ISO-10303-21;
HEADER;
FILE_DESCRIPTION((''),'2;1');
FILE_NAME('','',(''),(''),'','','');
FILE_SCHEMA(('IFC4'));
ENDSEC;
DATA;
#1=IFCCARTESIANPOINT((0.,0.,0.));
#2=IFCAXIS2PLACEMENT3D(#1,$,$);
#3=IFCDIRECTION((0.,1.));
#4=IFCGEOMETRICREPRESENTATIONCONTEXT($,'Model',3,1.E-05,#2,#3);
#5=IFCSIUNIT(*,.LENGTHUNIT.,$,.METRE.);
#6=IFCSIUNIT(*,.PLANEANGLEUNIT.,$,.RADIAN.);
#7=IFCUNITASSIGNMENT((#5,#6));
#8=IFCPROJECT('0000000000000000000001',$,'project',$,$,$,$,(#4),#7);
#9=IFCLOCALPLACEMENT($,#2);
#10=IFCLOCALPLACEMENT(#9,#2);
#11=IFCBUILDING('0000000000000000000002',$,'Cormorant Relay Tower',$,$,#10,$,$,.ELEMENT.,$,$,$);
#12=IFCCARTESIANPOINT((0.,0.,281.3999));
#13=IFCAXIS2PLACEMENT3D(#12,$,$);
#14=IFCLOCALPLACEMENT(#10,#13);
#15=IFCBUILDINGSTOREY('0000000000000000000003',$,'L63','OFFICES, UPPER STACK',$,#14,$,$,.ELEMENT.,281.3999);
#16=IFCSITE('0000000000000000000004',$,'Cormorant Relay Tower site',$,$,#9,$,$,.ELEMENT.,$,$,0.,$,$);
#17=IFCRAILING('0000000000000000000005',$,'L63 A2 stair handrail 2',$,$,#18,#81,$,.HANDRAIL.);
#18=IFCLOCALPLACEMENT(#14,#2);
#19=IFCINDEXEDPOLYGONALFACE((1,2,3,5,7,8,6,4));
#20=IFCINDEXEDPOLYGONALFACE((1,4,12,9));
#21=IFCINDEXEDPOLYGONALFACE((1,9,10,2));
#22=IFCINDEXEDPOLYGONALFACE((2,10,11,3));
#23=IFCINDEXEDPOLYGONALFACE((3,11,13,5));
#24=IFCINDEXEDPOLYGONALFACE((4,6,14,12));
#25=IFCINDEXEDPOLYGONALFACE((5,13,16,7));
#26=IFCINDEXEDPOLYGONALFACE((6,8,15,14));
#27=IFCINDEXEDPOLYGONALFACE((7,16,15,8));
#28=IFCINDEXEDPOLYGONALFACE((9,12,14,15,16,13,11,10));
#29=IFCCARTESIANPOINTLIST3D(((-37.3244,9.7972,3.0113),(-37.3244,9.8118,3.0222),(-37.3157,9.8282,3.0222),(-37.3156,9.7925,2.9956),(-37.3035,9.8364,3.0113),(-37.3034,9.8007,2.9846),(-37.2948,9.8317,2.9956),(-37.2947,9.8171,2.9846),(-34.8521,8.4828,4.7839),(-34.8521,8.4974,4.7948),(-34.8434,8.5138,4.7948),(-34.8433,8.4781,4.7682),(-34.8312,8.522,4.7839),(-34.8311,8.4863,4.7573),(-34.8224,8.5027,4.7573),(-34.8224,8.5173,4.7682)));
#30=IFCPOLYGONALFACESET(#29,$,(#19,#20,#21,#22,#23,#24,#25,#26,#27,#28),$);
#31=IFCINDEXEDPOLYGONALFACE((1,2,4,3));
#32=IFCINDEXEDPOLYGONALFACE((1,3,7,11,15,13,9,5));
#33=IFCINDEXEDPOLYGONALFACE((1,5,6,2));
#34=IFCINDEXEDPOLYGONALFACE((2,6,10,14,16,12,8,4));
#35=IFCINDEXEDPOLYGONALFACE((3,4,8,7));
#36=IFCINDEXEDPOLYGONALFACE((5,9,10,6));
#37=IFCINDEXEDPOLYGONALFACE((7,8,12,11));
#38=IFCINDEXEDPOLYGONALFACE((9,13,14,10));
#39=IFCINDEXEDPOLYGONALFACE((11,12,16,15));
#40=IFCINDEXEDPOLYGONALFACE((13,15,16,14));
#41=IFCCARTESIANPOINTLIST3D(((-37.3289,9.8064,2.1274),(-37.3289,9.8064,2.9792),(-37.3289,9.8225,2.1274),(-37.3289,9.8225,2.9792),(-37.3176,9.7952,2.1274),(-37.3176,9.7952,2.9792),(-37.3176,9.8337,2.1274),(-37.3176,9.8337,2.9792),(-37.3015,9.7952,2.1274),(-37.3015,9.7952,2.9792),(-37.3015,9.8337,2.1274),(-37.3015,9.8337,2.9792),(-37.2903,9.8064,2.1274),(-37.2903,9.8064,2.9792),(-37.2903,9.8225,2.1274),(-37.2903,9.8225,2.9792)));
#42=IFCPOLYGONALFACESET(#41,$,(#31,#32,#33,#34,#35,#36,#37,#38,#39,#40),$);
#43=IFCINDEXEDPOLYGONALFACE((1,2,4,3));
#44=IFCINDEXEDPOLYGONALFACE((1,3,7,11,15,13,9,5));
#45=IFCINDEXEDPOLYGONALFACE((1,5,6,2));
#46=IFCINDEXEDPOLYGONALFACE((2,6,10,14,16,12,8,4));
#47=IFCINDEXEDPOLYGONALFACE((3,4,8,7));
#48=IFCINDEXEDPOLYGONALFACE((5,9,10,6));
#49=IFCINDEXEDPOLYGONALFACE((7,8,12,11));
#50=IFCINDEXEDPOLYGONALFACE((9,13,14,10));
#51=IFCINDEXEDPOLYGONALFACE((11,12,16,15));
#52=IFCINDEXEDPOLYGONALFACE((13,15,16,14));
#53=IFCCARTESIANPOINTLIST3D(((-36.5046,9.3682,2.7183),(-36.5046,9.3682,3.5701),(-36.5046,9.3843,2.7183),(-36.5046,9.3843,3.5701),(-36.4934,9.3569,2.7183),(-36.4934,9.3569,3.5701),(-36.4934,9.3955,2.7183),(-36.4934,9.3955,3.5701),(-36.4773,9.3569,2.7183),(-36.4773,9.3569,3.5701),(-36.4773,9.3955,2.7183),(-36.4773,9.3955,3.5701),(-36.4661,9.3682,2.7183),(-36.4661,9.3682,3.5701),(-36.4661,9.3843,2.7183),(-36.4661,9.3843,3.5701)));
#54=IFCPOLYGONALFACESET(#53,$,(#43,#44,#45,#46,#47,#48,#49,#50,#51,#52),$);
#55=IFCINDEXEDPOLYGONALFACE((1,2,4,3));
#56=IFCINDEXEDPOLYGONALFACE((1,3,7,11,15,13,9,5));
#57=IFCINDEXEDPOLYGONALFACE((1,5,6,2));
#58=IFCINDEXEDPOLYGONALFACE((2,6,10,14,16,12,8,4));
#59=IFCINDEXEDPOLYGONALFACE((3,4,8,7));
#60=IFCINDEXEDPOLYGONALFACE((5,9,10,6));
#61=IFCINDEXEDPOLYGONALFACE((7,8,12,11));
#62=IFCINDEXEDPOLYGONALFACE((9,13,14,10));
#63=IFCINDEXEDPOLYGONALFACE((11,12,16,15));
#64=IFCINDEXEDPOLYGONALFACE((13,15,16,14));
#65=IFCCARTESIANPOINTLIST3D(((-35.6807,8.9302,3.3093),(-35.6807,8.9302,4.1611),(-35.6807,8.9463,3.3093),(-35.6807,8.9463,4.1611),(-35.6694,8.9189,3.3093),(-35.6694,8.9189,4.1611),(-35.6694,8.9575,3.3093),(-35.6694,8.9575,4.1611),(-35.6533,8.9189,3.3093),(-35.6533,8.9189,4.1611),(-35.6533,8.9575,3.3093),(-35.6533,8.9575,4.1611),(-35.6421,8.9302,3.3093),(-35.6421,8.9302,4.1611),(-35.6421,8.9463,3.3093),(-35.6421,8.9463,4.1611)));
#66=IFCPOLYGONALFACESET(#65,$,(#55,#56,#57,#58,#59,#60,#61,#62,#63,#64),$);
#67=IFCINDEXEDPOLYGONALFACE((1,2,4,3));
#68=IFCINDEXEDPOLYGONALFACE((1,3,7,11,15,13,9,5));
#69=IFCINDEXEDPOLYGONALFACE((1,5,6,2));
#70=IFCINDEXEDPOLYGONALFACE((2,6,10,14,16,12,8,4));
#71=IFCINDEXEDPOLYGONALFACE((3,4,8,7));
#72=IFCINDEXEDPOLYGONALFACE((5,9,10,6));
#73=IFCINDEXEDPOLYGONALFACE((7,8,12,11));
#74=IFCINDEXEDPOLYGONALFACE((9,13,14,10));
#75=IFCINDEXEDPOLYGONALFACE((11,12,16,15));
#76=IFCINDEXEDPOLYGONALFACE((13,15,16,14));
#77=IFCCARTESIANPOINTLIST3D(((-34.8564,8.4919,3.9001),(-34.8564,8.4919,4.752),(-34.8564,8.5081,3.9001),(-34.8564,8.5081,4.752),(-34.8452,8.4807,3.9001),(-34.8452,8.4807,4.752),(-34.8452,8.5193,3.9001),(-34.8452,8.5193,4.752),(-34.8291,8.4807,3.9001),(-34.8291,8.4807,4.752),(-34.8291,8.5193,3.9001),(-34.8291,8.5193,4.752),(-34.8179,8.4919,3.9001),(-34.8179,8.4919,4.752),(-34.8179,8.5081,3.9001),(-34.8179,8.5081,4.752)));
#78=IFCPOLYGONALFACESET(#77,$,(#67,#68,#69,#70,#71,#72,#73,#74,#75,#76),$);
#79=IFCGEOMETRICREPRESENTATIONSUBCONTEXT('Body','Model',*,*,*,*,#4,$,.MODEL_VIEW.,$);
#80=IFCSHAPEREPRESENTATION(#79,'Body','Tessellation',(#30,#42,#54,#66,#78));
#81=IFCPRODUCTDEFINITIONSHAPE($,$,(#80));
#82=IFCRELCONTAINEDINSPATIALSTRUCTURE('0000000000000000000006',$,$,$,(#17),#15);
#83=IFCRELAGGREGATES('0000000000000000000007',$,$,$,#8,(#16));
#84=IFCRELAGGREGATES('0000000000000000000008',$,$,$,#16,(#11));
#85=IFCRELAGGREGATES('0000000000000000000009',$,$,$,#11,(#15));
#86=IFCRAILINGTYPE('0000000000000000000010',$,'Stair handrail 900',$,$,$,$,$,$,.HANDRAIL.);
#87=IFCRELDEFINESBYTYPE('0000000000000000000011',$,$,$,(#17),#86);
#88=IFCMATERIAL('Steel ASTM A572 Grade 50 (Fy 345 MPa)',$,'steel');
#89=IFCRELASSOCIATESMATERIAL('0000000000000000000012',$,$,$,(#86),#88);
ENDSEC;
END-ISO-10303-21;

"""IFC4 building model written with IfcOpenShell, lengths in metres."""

from ifc_helpers import new_model, si_unit, direction, frame, origin, place, context, subcontext, project, spatial, polyline, outline, extrude, material, type_object, element, save


model = new_model("IFC4")

# Units and contexts
model_context = context("Model", 3, precision=1e-05, world=origin(), true_north=direction((0.0, 1.0)))
body_context = subcontext(model_context, "Body", "Model", "MODEL_VIEW")
ifc_project = project(units=[si_unit("LENGTHUNIT", "METRE"), si_unit("PLANEANGLEUNIT", "RADIAN")], contexts=[model_context])

# Site, building, storey
site_placement = place(None, origin())
site = spatial("IfcSite", under=ifc_project, at=site_placement, Name="Cormorant Relay Tower site", CompositionType="ELEMENT", RefElevation=0.0)
building_placement = place(site_placement, origin())
building = spatial("IfcBuilding", under=site, at=building_placement, Name="Cormorant Relay Tower", CompositionType="ELEMENT")
storey_placement = place(building_placement, frame((0.0, 0.0, 281.3999)))
storey = spatial("IfcBuildingStorey", under=building, at=storey_placement, Name="L63", Description="OFFICES, UPPER STACK", CompositionType="ELEMENT", Elevation=281.3999)

# Railing
ifc_material_1 = material(Name="Steel ASTM A572 Grade 50 (Fy 345 MPa)", Category="steel")
railing_type_1 = type_object("IfcRailingType", Name="Stair handrail 900", PredefinedType="HANDRAIL", material=ifc_material_1)
railing_1_placement = place(storey_placement, frame((-37.3096, 9.8145, 2.1274)))
element("IfcRailing", 1, at=railing_1_placement, inside=storey, type_object=railing_type_1, Name="L63 A2 stair handrail 2", PredefinedType="HANDRAIL", context=body_context, shape_type="SweptSolid", body=[
    extrude(outline(polyline([(0.0222, 0.0093), (0.0093, 0.0222), (-0.0093, 0.0222), (-0.0222, 0.0093), (-0.0222, -0.0093), (-0.0093, -0.0222), (0.0093, -0.0222), (0.0222, -0.0093), (0.0222, 0.0093)])), frame((0.0, 0.0, 0.876), z_axis=(0.746034, -0.396627, 0.534902), x_axis=(0.469429, 0.88297, 0.0)), (0.0, 0.0, 1.0), 3.314),
    extrude(outline(polyline([(0.0193, 0.0081), (0.0081, 0.0193), (-0.0081, 0.0193), (-0.0193, 0.0081), (-0.0193, -0.0081), (-0.0081, -0.0193), (0.0081, -0.0193), (0.0193, -0.0081), (0.0193, 0.0081)])), origin(), (0.0, 0.0, 1.0), 0.8518),
    extrude(outline(polyline([(0.0193, 0.0081), (0.0081, 0.0193), (-0.0081, 0.0193), (-0.0193, 0.0081), (-0.0193, -0.0081), (-0.0081, -0.0193), (0.0081, -0.0193), (0.0193, -0.0081), (0.0193, 0.0081)])), frame((0.8242, -0.4382, 0.5908)), (0.0, 0.0, 1.0), 0.8518),
    extrude(outline(polyline([(0.0193, 0.0081), (0.0081, 0.0193), (-0.0081, 0.0193), (-0.0193, 0.0081), (-0.0193, -0.0081), (-0.0081, -0.0193), (0.0081, -0.0193), (0.0193, -0.0081), (0.0193, 0.0081)])), frame((1.6482, -0.8762, 1.1819)), (0.0, 0.0, 1.0), 0.8518),
    extrude(outline(polyline([(0.0193, 0.0081), (0.0081, 0.0193), (-0.0081, 0.0193), (-0.0193, 0.0081), (-0.0193, -0.0081), (-0.0081, -0.0193), (0.0081, -0.0193), (0.0193, -0.0081), (0.0193, 0.0081)])), frame((2.4724, -1.3145, 1.7727)), (0.0, 0.0, 1.0), 0.8518),
])

save(model, "model.ifc")
